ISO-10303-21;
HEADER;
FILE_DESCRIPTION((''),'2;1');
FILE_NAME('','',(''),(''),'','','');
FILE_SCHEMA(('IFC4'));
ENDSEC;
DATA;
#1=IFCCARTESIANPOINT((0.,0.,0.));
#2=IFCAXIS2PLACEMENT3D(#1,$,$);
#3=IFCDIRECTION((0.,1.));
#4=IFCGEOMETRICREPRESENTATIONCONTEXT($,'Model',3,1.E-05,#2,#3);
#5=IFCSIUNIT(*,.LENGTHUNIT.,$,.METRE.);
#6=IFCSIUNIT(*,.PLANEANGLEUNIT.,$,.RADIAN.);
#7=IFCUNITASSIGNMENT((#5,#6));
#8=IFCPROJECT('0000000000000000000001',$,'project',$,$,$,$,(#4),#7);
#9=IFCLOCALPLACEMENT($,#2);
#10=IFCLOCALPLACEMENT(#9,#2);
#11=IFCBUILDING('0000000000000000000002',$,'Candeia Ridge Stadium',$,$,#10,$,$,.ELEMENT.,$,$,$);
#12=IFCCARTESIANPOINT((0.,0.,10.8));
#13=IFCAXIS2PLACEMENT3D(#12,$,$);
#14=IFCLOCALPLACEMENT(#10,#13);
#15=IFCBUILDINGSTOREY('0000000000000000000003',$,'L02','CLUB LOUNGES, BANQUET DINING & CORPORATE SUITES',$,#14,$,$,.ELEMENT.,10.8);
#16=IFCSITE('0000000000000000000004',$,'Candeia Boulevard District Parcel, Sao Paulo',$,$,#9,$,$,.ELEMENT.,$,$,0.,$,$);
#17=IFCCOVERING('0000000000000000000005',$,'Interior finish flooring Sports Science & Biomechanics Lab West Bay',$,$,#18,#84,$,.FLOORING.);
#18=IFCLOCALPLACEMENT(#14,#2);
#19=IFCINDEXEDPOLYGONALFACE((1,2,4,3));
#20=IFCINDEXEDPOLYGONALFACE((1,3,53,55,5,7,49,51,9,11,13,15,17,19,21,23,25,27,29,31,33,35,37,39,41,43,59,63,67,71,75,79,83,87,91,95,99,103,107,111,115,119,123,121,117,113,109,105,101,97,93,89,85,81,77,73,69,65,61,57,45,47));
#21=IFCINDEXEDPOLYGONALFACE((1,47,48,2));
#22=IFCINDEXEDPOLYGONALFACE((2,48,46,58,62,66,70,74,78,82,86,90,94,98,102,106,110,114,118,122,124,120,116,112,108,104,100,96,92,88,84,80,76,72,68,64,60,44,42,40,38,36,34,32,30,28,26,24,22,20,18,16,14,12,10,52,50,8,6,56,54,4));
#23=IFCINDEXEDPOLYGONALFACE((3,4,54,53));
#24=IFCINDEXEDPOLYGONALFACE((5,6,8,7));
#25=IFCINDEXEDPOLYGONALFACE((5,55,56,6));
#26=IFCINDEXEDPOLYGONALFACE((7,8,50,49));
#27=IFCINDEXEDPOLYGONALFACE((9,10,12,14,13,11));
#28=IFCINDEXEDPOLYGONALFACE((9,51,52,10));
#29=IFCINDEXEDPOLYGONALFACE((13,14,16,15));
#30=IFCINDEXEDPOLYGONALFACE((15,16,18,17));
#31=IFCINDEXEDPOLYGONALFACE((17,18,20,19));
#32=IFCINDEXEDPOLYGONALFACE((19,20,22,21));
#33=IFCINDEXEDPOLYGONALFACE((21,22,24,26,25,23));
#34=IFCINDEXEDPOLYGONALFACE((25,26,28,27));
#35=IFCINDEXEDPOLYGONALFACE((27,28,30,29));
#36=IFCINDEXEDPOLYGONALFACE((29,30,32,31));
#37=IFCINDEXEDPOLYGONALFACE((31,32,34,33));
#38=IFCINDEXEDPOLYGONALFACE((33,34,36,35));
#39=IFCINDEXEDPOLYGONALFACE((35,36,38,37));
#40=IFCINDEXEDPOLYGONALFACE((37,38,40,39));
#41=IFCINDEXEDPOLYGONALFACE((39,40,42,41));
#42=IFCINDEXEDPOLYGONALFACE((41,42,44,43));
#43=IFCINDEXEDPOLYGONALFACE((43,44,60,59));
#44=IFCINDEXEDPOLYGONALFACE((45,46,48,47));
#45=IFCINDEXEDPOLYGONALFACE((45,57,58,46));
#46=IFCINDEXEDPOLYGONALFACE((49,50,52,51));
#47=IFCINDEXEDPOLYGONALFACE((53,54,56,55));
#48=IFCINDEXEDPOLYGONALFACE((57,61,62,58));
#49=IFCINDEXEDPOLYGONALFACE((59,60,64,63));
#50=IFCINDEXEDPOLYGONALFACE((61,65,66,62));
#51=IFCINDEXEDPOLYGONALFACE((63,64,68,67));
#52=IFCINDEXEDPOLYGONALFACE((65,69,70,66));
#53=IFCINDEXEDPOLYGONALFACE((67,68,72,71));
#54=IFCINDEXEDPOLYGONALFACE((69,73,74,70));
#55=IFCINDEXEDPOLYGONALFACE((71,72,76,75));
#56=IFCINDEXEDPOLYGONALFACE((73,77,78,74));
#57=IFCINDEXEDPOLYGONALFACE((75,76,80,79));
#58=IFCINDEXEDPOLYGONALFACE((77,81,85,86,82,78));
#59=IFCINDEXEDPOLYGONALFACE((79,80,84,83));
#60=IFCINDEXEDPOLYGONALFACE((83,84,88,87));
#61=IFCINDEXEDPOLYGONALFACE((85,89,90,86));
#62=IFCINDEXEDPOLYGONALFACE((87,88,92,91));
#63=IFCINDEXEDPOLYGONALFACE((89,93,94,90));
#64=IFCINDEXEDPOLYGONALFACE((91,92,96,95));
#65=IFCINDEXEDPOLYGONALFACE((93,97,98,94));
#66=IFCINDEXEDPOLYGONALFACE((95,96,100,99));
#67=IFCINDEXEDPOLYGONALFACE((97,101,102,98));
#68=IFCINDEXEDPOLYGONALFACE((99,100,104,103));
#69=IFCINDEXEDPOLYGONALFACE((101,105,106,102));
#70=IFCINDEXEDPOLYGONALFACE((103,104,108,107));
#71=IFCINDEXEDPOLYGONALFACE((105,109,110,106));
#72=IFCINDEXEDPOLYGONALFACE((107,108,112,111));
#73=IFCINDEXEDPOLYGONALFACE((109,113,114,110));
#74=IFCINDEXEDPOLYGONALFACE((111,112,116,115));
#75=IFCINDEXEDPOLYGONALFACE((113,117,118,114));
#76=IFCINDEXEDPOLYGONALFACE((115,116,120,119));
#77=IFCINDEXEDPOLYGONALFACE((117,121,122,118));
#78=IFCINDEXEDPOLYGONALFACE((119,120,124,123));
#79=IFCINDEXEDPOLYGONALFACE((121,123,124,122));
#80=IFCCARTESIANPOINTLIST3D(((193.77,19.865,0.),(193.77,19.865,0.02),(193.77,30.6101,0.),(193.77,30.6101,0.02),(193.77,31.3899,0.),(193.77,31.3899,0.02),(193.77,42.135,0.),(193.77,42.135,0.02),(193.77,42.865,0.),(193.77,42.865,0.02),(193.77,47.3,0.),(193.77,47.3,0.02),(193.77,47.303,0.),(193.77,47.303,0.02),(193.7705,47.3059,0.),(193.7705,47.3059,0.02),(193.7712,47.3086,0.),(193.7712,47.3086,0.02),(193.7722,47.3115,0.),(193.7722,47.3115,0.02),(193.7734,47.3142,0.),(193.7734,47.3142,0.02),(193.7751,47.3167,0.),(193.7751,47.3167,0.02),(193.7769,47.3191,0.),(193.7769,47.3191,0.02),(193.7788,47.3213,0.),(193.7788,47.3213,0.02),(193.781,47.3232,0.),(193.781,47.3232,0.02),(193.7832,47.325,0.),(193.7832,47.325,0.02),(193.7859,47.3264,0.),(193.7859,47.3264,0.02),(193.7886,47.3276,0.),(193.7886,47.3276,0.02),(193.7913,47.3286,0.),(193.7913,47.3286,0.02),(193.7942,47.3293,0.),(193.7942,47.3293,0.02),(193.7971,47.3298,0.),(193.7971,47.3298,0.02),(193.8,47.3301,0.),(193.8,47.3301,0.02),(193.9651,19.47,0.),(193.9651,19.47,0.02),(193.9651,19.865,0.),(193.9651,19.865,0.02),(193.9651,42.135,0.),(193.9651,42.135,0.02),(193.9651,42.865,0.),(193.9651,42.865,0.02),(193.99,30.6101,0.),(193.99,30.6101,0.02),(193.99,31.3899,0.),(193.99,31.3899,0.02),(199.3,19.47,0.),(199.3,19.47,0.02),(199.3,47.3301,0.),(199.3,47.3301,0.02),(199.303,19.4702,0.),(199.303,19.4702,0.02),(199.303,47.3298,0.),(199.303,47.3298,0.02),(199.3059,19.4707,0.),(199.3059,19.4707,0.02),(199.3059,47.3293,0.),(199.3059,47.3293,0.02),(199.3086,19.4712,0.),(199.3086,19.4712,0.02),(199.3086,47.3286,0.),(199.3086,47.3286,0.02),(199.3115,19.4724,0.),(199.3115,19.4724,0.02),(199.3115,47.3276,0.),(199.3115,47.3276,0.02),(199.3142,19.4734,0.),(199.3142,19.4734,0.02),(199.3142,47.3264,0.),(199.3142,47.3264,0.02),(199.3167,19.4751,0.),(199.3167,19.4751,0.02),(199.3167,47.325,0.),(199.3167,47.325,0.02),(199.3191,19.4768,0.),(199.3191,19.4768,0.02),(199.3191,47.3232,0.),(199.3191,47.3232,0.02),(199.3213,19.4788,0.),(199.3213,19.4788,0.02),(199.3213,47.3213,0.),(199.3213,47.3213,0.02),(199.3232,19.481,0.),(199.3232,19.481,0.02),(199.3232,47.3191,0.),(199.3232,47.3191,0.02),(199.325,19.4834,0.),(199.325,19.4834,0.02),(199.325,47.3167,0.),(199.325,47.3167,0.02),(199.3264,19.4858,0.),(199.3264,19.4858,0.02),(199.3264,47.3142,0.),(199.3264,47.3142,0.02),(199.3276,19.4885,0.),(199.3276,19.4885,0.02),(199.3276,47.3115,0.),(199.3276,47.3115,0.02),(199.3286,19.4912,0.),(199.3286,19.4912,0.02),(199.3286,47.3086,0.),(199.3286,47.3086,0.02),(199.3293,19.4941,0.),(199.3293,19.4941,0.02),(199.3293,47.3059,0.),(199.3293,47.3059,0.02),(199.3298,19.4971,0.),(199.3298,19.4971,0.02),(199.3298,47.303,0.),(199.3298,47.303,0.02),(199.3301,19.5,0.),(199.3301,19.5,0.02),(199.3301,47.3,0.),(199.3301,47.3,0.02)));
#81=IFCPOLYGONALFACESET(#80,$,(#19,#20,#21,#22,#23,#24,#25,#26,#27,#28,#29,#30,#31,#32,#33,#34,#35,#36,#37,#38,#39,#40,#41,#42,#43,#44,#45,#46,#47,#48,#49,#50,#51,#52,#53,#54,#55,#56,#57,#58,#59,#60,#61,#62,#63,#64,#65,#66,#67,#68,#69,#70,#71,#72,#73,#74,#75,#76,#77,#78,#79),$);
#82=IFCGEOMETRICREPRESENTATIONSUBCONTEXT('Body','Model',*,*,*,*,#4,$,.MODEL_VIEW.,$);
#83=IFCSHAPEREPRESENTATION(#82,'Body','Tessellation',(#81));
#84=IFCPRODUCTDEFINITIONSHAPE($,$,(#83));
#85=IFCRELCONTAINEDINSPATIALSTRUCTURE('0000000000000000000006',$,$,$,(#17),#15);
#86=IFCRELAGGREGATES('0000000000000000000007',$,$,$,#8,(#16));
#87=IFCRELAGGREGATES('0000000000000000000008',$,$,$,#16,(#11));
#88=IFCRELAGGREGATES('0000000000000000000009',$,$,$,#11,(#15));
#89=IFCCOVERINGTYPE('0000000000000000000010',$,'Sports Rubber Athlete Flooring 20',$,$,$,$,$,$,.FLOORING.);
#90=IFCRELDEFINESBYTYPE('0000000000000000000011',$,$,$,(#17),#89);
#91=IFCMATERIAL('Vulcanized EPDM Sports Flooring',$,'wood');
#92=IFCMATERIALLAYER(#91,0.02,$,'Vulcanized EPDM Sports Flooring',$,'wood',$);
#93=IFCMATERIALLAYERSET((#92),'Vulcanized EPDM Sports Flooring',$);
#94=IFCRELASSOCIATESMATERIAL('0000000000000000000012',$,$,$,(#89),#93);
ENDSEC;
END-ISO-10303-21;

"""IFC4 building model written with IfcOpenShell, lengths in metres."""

from ifc_helpers import new_model, si_unit, direction, frame, origin, place, context, subcontext, project, spatial, polyline, outline, extrude, material, layer, layer_set, type_object, element, save


model = new_model("IFC4")

# Units and contexts
model_context = context("Model", 3, precision=1e-05, world=origin(), true_north=direction((0.0, 1.0)))
body_context = subcontext(model_context, "Body", "Model", "MODEL_VIEW")
ifc_project = project(units=[si_unit("LENGTHUNIT", "METRE"), si_unit("PLANEANGLEUNIT", "RADIAN")], contexts=[model_context])

# Site, building, storey
site_placement = place(None, origin())
site = spatial("IfcSite", under=ifc_project, at=site_placement, Name="Candeia Boulevard District Parcel, Sao Paulo", CompositionType="ELEMENT", RefElevation=0.0)
building_placement = place(site_placement, origin())
building = spatial("IfcBuilding", under=site, at=building_placement, Name="Candeia Ridge Stadium", CompositionType="ELEMENT")
storey_placement = place(building_placement, frame((0.0, 0.0, 10.8)))
storey = spatial("IfcBuildingStorey", under=building, at=storey_placement, Name="L02", Description="CLUB LOUNGES, BANQUET DINING & CORPORATE SUITES", CompositionType="ELEMENT", Elevation=10.8)

# Covering
ifc_material_1 = material(Name="Vulcanized EPDM Sports Flooring", Category="wood")
ifc_layer_1 = layer(ifc_material_1, 0.02, Name="Vulcanized EPDM Sports Flooring", Category="wood")
ifc_layer_set_1 = layer_set([ifc_layer_1], Name="Vulcanized EPDM Sports Flooring")
covering_type_1 = type_object("IfcCoveringType", Name="Sports Rubber Athlete Flooring 20", PredefinedType="FLOORING", material=ifc_layer_set_1)
covering_1_placement = place(storey_placement, origin())
element("IfcCovering", 1, at=covering_1_placement, inside=storey, type_object=covering_type_1, Name="Interior finish flooring Sports Science & Biomechanics Lab West Bay", PredefinedType="FLOORING", context=body_context, shape_type="SweptSolid", body=[
    extrude(outline(polyline([(193.99, 30.6101), (193.99, 31.3899), (193.77, 31.3899), (193.77, 42.135), (193.9651, 42.135), (193.9651, 42.865), (193.77, 42.865), (193.77, 47.3), (193.77, 47.303), (193.7705, 47.3059), (193.7712, 47.3086), (193.7722, 47.3115), (193.7734, 47.3142), (193.7751, 47.3167), (193.7769, 47.3191), (193.7788, 47.3213), (193.781, 47.3232), (193.7832, 47.325), (193.7859, 47.3264), (193.7886, 47.3276), (193.7913, 47.3286), (193.7942, 47.3293), (193.7971, 47.3298), (193.8, 47.3301), (199.3, 47.3301), (199.303, 47.3298), (199.3059, 47.3293), (199.3086, 47.3286), (199.3115, 47.3276), (199.3142, 47.3264), (199.3167, 47.325), (199.3191, 47.3232), (199.3213, 47.3213), (199.3232, 47.3191), (199.325, 47.3167), (199.3264, 47.3142), (199.3276, 47.3115), (199.3286, 47.3086), (199.3293, 47.3059), (199.3298, 47.303), (199.3301, 47.3), (199.3301, 19.5), (199.3298, 19.4971), (199.3293, 19.4941), (199.3286, 19.4912), (199.3276, 19.4885), (199.3264, 19.4858), (199.325, 19.4834), (199.3232, 19.481), (199.3213, 19.4788), (199.3191, 19.4768), (199.3167, 19.4751), (199.3142, 19.4734), (199.3115, 19.4724), (199.3086, 19.4712), (199.3059, 19.4707), (199.303, 19.4702), (199.3, 19.47), (193.9651, 19.47), (193.9651, 19.865), (193.77, 19.865), (193.77, 30.6101), (193.99, 30.6101)])), origin(), (0.0, 0.0, 1.0), 0.02),
])

save(model, "model.ifc")
